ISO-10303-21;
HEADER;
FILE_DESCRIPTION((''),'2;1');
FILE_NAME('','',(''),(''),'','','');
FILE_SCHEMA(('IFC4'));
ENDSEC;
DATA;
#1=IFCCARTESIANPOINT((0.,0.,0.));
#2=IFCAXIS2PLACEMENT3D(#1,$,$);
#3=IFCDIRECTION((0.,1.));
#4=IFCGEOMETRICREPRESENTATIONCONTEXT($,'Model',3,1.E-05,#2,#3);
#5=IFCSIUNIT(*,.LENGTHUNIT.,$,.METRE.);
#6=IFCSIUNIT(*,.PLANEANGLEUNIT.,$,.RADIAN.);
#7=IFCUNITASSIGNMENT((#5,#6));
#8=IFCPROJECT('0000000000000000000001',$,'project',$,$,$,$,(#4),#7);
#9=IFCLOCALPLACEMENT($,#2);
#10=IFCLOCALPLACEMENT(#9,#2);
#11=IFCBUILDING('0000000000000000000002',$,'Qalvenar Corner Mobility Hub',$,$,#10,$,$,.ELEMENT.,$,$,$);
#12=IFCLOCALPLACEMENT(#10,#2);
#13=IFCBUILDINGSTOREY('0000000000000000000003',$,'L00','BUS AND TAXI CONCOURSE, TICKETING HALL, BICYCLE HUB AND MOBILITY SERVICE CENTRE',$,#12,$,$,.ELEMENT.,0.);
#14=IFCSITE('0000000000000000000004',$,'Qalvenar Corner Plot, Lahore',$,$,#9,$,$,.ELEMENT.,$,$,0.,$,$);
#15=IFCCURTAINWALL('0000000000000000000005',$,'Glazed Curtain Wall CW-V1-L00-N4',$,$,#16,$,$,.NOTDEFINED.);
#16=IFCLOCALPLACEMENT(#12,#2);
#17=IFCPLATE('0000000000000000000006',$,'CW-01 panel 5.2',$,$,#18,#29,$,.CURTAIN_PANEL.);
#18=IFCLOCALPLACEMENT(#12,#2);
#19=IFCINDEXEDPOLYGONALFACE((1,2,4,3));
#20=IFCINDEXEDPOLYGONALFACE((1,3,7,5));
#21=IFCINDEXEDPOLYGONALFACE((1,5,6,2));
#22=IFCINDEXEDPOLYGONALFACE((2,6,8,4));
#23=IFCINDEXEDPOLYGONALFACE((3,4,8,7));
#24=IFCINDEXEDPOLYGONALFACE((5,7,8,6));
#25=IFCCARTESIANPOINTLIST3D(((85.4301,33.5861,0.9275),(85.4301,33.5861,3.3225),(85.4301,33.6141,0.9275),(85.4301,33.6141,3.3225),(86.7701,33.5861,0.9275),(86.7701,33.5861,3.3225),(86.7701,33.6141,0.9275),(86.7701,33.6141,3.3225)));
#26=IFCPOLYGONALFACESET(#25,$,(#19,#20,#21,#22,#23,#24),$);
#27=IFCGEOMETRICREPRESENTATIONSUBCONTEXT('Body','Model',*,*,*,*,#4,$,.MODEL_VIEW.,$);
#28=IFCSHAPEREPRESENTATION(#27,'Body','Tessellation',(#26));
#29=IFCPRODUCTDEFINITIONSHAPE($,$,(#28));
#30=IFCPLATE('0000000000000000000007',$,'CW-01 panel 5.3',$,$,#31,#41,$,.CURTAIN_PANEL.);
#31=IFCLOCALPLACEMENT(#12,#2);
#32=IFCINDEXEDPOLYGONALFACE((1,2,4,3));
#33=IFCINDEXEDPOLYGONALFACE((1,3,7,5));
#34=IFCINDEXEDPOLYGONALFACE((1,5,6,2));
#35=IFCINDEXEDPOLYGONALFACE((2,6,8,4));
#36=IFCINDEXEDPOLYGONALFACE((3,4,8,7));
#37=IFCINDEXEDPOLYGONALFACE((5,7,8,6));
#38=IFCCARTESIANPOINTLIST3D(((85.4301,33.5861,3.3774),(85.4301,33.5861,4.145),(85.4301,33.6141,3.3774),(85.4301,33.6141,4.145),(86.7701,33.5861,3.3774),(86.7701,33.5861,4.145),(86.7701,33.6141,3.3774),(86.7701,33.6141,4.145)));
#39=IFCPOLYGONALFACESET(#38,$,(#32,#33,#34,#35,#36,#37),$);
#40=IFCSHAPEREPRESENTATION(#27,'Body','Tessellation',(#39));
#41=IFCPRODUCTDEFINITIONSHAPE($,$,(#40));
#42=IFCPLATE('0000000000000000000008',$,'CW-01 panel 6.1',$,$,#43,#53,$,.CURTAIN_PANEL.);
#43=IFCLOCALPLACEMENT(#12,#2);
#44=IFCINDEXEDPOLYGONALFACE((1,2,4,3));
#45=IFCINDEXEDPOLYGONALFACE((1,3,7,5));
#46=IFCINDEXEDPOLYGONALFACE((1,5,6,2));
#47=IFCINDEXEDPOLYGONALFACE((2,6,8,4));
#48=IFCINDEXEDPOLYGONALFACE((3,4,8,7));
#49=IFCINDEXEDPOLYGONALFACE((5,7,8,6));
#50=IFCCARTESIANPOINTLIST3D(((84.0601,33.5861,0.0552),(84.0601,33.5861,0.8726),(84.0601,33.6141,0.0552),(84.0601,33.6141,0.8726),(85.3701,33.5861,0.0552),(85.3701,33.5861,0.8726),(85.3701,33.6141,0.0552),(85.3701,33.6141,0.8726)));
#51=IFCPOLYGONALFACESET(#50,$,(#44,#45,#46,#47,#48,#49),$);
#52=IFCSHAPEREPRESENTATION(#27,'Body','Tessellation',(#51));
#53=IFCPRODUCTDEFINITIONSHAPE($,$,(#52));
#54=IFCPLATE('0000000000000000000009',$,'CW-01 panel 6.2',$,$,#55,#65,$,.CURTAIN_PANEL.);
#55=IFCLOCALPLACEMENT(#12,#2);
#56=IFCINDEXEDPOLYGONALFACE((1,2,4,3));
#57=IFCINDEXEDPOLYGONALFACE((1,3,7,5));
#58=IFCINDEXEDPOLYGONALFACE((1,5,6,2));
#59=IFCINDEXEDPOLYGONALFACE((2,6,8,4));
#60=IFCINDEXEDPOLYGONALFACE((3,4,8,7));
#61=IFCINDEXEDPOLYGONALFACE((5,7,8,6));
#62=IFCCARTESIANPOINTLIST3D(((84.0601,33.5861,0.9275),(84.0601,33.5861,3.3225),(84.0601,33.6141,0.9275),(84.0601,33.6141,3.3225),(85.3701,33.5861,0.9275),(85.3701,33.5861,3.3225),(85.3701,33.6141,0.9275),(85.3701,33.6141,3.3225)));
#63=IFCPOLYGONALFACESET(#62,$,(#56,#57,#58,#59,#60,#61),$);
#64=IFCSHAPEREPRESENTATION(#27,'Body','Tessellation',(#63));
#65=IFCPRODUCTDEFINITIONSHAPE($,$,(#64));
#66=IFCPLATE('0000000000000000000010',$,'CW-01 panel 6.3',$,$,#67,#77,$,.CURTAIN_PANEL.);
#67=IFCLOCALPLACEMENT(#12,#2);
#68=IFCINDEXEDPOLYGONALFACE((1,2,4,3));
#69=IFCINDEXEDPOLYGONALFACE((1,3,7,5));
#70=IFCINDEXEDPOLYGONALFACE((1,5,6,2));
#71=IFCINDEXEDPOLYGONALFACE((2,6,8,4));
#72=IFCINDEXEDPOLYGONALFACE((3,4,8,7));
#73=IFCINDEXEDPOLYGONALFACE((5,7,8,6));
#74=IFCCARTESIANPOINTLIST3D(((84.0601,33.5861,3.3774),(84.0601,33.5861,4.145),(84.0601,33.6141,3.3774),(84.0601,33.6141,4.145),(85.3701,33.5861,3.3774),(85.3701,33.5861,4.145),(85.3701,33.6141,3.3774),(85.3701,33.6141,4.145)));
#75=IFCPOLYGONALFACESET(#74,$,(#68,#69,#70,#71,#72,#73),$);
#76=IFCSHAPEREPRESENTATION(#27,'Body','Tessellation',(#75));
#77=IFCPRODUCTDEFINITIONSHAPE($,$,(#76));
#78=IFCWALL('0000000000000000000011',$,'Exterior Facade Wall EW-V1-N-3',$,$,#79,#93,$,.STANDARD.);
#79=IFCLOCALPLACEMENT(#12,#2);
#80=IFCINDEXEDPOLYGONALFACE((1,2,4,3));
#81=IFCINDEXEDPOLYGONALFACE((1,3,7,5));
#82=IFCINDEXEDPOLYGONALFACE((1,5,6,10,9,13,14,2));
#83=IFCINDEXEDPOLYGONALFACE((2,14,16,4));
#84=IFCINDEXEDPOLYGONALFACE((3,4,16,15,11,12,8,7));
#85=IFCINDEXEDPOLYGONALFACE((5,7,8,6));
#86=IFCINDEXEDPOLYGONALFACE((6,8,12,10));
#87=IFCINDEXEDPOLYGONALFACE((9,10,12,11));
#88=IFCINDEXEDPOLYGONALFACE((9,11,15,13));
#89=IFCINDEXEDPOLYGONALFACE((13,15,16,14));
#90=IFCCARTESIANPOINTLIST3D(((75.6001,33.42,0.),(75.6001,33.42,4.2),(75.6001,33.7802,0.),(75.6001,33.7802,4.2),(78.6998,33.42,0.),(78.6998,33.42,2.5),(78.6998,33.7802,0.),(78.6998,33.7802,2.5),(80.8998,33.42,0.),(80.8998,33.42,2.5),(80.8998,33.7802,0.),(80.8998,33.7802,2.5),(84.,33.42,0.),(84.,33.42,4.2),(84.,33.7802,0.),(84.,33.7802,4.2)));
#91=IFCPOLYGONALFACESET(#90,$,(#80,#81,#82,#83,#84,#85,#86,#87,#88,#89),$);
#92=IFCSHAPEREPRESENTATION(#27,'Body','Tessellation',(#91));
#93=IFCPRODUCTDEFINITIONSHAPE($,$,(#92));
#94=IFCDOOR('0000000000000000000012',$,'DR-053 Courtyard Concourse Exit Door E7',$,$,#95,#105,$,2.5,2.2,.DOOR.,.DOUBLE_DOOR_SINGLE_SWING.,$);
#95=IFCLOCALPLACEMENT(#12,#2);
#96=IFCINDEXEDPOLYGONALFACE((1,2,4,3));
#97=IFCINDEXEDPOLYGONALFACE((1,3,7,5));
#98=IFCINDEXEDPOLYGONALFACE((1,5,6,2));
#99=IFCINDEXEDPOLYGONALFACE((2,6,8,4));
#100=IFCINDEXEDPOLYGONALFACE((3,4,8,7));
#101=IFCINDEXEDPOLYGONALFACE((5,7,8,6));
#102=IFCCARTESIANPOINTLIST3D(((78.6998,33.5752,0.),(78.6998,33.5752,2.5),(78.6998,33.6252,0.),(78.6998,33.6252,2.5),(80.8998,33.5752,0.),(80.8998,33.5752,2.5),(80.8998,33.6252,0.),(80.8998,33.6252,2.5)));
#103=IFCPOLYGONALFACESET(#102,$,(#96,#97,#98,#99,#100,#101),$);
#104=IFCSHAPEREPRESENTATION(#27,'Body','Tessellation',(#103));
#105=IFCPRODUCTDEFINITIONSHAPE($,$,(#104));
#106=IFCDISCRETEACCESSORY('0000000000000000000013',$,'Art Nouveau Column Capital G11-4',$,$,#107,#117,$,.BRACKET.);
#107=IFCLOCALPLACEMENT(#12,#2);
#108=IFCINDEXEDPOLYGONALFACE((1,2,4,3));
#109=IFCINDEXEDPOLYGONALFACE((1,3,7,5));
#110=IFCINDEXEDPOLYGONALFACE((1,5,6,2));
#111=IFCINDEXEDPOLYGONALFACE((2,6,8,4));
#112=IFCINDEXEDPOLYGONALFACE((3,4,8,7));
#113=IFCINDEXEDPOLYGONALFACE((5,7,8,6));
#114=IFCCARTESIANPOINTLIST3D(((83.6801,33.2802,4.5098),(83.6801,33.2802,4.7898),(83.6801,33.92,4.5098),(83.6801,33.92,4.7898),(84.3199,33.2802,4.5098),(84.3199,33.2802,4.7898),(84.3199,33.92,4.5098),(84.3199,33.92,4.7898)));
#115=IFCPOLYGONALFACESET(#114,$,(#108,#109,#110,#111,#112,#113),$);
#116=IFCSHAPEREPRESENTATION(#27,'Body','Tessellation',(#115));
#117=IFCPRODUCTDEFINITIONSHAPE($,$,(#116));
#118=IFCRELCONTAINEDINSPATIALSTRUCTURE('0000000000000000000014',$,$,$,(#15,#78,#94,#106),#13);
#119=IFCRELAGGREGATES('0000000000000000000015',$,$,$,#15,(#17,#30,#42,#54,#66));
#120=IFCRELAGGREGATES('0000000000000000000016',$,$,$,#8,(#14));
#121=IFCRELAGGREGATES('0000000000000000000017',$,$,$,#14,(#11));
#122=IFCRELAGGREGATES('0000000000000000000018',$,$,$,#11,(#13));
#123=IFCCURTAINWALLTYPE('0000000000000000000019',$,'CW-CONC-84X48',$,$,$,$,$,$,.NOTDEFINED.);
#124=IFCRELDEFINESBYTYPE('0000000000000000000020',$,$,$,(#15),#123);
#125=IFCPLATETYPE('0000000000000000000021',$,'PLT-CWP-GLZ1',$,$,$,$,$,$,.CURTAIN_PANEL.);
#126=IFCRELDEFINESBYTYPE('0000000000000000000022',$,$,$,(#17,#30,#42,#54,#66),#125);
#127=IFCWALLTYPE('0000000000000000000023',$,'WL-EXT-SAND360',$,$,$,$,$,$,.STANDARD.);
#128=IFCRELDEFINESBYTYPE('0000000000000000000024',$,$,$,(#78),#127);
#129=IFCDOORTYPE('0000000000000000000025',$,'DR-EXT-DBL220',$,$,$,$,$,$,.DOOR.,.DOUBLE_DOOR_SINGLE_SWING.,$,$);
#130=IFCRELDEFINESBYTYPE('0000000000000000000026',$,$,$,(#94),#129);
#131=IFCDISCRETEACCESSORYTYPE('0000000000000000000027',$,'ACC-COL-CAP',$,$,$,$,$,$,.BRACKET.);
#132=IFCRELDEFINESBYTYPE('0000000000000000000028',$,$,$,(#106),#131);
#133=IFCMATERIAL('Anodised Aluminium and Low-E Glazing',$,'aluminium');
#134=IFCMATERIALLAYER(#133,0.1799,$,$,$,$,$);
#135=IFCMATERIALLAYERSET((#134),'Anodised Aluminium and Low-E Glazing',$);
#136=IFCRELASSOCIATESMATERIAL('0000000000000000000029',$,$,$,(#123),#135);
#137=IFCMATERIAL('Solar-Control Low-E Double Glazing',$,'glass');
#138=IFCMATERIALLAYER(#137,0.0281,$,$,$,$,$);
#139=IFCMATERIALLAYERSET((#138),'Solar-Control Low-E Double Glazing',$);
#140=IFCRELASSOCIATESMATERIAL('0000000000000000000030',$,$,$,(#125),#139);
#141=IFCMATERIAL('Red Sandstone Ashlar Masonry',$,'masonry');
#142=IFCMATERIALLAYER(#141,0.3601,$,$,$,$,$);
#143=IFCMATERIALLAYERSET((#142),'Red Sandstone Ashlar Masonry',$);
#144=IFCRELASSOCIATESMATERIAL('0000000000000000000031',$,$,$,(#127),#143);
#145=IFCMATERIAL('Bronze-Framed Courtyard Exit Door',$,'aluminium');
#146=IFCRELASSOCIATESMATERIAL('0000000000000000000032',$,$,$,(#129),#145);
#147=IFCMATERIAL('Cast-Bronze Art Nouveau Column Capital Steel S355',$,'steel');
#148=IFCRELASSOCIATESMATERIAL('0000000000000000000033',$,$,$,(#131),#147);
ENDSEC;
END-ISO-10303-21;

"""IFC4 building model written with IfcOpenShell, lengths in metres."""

from ifc_helpers import new_model, si_unit, direction, frame, frame_2d, origin, origin_2d, place, context, subcontext, project, spatial, rectangle, extrude, material, layer, layer_set, type_object, element, fill, aggregate, save


model = new_model("IFC4")

# Units and contexts
model_context = context("Model", 3, precision=1e-05, world=origin(), true_north=direction((0.0, 1.0)))
body_context = subcontext(model_context, "Body", "Model", "MODEL_VIEW")
ifc_project = project(units=[si_unit("LENGTHUNIT", "METRE"), si_unit("PLANEANGLEUNIT", "RADIAN")], contexts=[model_context])

# Site, building, storey
site_placement = place(None, origin())
site = spatial("IfcSite", under=ifc_project, at=site_placement, Name="Qalvenar Corner Plot, Lahore", CompositionType="ELEMENT", RefElevation=0.0)
building_placement = place(site_placement, origin())
building = spatial("IfcBuilding", under=site, at=building_placement, Name="Qalvenar Corner Mobility Hub", CompositionType="ELEMENT")
storey_placement = place(building_placement, origin())
storey = spatial("IfcBuildingStorey", under=building, at=storey_placement, Name="L00", Description="BUS AND TAXI CONCOURSE, TICKETING HALL, BICYCLE HUB AND MOBILITY SERVICE CENTRE", CompositionType="ELEMENT", Elevation=0.0)

# Curtain wall, plates
ifc_material_1 = material(Name="Anodised Aluminium and Low-E Glazing", Category="aluminium")
ifc_layer_1 = layer(ifc_material_1, 0.1799)
ifc_layer_set_1 = layer_set([ifc_layer_1], Name="Anodised Aluminium and Low-E Glazing")
curtain_wall_type = type_object("IfcCurtainWallType", Name="CW-CONC-84X48", PredefinedType="NOTDEFINED", material=ifc_layer_set_1)
curtain_wall_placement = place(storey_placement, origin())
curtain_wall = element("IfcCurtainWall", 1, at=curtain_wall_placement, inside=storey, type_object=curtain_wall_type, Name="Glazed Curtain Wall CW-V1-L00-N4", PredefinedType="NOTDEFINED")
ifc_material_2 = material(Name="Solar-Control Low-E Double Glazing", Category="glass")
ifc_layer_2 = layer(ifc_material_2, 0.0281)
ifc_layer_set_2 = layer_set([ifc_layer_2], Name="Solar-Control Low-E Double Glazing")
plate_type = type_object("IfcPlateType", Name="PLT-CWP-GLZ1", PredefinedType="CURTAIN_PANEL", material=ifc_layer_set_2)
plate_1_placement = place(storey_placement, frame((86.1001, 33.6001, 0.9275), z_axis=(0.0, 0.0, 1.0), x_axis=(-1.0, 0.0, 0.0)))
plate_1 = element("IfcPlate", 2, at=plate_1_placement, type_object=plate_type, Name="CW-01 panel 5.2", PredefinedType="CURTAIN_PANEL", context=body_context, shape_type="SweptSolid", body=[
    extrude(rectangle(XDim=1.3401, YDim=0.0281, at=origin_2d()), origin(), (0.0, 0.0, 1.0), 2.395),
])
plate_2_placement = place(storey_placement, frame((86.1001, 33.6001, 3.3774), z_axis=(0.0, 0.0, 1.0), x_axis=(-1.0, 0.0, 0.0)))
plate_2 = element("IfcPlate", 3, at=plate_2_placement, type_object=plate_type, Name="CW-01 panel 5.3", PredefinedType="CURTAIN_PANEL", context=body_context, shape_type="SweptSolid", body=[
    extrude(rectangle(XDim=1.3401, YDim=0.0281, at=origin_2d()), origin(), (0.0, 0.0, 1.0), 0.7676),
])
plate_3_placement = place(storey_placement, frame((84.7151, 33.6001, 0.0552), z_axis=(0.0, 0.0, 1.0), x_axis=(-1.0, 0.0, 0.0)))
plate_3 = element("IfcPlate", 4, at=plate_3_placement, type_object=plate_type, Name="CW-01 panel 6.1", PredefinedType="CURTAIN_PANEL", context=body_context, shape_type="SweptSolid", body=[
    extrude(rectangle(XDim=1.3101, YDim=0.0281, at=origin_2d()), origin(), (0.0, 0.0, 1.0), 0.8174),
])
plate_4_placement = place(storey_placement, frame((84.7151, 33.6001, 0.9275), z_axis=(0.0, 0.0, 1.0), x_axis=(-1.0, 0.0, 0.0)))
plate_4 = element("IfcPlate", 5, at=plate_4_placement, type_object=plate_type, Name="CW-01 panel 6.2", PredefinedType="CURTAIN_PANEL", context=body_context, shape_type="SweptSolid", body=[
    extrude(rectangle(XDim=1.3101, YDim=0.0281, at=origin_2d()), origin(), (0.0, 0.0, 1.0), 2.395),
])
plate_5_placement = place(storey_placement, frame((84.7151, 33.6001, 3.3774), z_axis=(0.0, 0.0, 1.0), x_axis=(-1.0, 0.0, 0.0)))
plate_5 = element("IfcPlate", 6, at=plate_5_placement, type_object=plate_type, Name="CW-01 panel 6.3", PredefinedType="CURTAIN_PANEL", context=body_context, shape_type="SweptSolid", body=[
    extrude(rectangle(XDim=1.3101, YDim=0.0281, at=origin_2d()), origin(), (0.0, 0.0, 1.0), 0.7676),
])
aggregate(curtain_wall, [plate_1, plate_2, plate_3, plate_4, plate_5])

# Wall, opening, door
ifc_material_3 = material(Name="Red Sandstone Ashlar Masonry", Category="masonry")
ifc_layer_3 = layer(ifc_material_3, 0.3601)
ifc_layer_set_3 = layer_set([ifc_layer_3], Name="Red Sandstone Ashlar Masonry")
wall_type = type_object("IfcWallType", Name="WL-EXT-SAND360", PredefinedType="STANDARD", material=ifc_layer_set_3)
wall_placement = place(storey_placement, frame((84.0, 33.6001, 0.0), z_axis=(0.0, 0.0, 1.0), x_axis=(-1.0, 0.0, 0.0)))
wall = element("IfcWall", 7, at=wall_placement, inside=storey, type_object=wall_type, Name="Exterior Facade Wall EW-V1-N-3", PredefinedType="STANDARD", context=body_context, shape_type="SweptSolid", body=[
    extrude(rectangle(XDim=8.3999, YDim=0.3601, at=frame_2d((4.2, 0.0))), origin(), (0.0, 0.0, 1.0), 4.2),
])
opening_placement = place(wall_placement, frame((3.1001, 0.0, 0.0)))
opening = element("IfcOpeningElement", 8, at=opening_placement, cuts=wall, PredefinedType="OPENING", context=body_context, shape_type="SweptSolid", body=[
    extrude(rectangle(XDim=2.2, YDim=2.5, at=frame_2d((1.1001, 1.25))), frame((0.0, 0.1899, 0.0), z_axis=(0.0, -1.0, 0.0), x_axis=(1.0, 0.0, 0.0)), (0.0, 0.0, 1.0), 0.3801),
])
ifc_material_4 = material(Name="Bronze-Framed Courtyard Exit Door", Category="aluminium")
door_type = type_object("IfcDoorType", Name="DR-EXT-DBL220", OperationType="DOUBLE_DOOR_SINGLE_SWING", PredefinedType="DOOR", material=ifc_material_4)
door_placement = place(opening_placement, origin())
door = element("IfcDoor", 9, at=door_placement, inside=storey, type_object=door_type, Name="DR-053 Courtyard Concourse Exit Door E7", OperationType="DOUBLE_DOOR_SINGLE_SWING", OverallHeight=2.5, OverallWidth=2.2, PredefinedType="DOOR", context=body_context, shape_type="SweptSolid", body=[
    extrude(rectangle(XDim=2.2, YDim=2.5, at=frame_2d((1.1001, 1.25))), frame((0.0, 0.0249, 0.0), z_axis=(0.0, -1.0, 0.0), x_axis=(1.0, 0.0, 0.0)), (0.0, 0.0, 1.0), 0.05),
])
fill(opening, door)

# Discrete accessory
ifc_material_5 = material(Name="Cast-Bronze Art Nouveau Column Capital Steel S355", Category="steel")
discrete_accessory_type = type_object("IfcDiscreteAccessoryType", Name="ACC-COL-CAP", PredefinedType="BRACKET", material=ifc_material_5)
discrete_accessory_placement = place(storey_placement, frame((84.0, 33.6001, 4.5098), z_axis=(0.0, 0.0, 1.0), x_axis=(1.0, 0.0, 0.0)))
element("IfcDiscreteAccessory", 10, at=discrete_accessory_placement, inside=storey, type_object=discrete_accessory_type, Name="Art Nouveau Column Capital G11-4", PredefinedType="BRACKET", context=body_context, shape_type="SweptSolid", body=[
    extrude(rectangle(XDim=0.6399, YDim=0.6399, at=origin_2d()), origin(), (0.0, 0.0, 1.0), 0.28),
])

save(model, "model.ifc")
